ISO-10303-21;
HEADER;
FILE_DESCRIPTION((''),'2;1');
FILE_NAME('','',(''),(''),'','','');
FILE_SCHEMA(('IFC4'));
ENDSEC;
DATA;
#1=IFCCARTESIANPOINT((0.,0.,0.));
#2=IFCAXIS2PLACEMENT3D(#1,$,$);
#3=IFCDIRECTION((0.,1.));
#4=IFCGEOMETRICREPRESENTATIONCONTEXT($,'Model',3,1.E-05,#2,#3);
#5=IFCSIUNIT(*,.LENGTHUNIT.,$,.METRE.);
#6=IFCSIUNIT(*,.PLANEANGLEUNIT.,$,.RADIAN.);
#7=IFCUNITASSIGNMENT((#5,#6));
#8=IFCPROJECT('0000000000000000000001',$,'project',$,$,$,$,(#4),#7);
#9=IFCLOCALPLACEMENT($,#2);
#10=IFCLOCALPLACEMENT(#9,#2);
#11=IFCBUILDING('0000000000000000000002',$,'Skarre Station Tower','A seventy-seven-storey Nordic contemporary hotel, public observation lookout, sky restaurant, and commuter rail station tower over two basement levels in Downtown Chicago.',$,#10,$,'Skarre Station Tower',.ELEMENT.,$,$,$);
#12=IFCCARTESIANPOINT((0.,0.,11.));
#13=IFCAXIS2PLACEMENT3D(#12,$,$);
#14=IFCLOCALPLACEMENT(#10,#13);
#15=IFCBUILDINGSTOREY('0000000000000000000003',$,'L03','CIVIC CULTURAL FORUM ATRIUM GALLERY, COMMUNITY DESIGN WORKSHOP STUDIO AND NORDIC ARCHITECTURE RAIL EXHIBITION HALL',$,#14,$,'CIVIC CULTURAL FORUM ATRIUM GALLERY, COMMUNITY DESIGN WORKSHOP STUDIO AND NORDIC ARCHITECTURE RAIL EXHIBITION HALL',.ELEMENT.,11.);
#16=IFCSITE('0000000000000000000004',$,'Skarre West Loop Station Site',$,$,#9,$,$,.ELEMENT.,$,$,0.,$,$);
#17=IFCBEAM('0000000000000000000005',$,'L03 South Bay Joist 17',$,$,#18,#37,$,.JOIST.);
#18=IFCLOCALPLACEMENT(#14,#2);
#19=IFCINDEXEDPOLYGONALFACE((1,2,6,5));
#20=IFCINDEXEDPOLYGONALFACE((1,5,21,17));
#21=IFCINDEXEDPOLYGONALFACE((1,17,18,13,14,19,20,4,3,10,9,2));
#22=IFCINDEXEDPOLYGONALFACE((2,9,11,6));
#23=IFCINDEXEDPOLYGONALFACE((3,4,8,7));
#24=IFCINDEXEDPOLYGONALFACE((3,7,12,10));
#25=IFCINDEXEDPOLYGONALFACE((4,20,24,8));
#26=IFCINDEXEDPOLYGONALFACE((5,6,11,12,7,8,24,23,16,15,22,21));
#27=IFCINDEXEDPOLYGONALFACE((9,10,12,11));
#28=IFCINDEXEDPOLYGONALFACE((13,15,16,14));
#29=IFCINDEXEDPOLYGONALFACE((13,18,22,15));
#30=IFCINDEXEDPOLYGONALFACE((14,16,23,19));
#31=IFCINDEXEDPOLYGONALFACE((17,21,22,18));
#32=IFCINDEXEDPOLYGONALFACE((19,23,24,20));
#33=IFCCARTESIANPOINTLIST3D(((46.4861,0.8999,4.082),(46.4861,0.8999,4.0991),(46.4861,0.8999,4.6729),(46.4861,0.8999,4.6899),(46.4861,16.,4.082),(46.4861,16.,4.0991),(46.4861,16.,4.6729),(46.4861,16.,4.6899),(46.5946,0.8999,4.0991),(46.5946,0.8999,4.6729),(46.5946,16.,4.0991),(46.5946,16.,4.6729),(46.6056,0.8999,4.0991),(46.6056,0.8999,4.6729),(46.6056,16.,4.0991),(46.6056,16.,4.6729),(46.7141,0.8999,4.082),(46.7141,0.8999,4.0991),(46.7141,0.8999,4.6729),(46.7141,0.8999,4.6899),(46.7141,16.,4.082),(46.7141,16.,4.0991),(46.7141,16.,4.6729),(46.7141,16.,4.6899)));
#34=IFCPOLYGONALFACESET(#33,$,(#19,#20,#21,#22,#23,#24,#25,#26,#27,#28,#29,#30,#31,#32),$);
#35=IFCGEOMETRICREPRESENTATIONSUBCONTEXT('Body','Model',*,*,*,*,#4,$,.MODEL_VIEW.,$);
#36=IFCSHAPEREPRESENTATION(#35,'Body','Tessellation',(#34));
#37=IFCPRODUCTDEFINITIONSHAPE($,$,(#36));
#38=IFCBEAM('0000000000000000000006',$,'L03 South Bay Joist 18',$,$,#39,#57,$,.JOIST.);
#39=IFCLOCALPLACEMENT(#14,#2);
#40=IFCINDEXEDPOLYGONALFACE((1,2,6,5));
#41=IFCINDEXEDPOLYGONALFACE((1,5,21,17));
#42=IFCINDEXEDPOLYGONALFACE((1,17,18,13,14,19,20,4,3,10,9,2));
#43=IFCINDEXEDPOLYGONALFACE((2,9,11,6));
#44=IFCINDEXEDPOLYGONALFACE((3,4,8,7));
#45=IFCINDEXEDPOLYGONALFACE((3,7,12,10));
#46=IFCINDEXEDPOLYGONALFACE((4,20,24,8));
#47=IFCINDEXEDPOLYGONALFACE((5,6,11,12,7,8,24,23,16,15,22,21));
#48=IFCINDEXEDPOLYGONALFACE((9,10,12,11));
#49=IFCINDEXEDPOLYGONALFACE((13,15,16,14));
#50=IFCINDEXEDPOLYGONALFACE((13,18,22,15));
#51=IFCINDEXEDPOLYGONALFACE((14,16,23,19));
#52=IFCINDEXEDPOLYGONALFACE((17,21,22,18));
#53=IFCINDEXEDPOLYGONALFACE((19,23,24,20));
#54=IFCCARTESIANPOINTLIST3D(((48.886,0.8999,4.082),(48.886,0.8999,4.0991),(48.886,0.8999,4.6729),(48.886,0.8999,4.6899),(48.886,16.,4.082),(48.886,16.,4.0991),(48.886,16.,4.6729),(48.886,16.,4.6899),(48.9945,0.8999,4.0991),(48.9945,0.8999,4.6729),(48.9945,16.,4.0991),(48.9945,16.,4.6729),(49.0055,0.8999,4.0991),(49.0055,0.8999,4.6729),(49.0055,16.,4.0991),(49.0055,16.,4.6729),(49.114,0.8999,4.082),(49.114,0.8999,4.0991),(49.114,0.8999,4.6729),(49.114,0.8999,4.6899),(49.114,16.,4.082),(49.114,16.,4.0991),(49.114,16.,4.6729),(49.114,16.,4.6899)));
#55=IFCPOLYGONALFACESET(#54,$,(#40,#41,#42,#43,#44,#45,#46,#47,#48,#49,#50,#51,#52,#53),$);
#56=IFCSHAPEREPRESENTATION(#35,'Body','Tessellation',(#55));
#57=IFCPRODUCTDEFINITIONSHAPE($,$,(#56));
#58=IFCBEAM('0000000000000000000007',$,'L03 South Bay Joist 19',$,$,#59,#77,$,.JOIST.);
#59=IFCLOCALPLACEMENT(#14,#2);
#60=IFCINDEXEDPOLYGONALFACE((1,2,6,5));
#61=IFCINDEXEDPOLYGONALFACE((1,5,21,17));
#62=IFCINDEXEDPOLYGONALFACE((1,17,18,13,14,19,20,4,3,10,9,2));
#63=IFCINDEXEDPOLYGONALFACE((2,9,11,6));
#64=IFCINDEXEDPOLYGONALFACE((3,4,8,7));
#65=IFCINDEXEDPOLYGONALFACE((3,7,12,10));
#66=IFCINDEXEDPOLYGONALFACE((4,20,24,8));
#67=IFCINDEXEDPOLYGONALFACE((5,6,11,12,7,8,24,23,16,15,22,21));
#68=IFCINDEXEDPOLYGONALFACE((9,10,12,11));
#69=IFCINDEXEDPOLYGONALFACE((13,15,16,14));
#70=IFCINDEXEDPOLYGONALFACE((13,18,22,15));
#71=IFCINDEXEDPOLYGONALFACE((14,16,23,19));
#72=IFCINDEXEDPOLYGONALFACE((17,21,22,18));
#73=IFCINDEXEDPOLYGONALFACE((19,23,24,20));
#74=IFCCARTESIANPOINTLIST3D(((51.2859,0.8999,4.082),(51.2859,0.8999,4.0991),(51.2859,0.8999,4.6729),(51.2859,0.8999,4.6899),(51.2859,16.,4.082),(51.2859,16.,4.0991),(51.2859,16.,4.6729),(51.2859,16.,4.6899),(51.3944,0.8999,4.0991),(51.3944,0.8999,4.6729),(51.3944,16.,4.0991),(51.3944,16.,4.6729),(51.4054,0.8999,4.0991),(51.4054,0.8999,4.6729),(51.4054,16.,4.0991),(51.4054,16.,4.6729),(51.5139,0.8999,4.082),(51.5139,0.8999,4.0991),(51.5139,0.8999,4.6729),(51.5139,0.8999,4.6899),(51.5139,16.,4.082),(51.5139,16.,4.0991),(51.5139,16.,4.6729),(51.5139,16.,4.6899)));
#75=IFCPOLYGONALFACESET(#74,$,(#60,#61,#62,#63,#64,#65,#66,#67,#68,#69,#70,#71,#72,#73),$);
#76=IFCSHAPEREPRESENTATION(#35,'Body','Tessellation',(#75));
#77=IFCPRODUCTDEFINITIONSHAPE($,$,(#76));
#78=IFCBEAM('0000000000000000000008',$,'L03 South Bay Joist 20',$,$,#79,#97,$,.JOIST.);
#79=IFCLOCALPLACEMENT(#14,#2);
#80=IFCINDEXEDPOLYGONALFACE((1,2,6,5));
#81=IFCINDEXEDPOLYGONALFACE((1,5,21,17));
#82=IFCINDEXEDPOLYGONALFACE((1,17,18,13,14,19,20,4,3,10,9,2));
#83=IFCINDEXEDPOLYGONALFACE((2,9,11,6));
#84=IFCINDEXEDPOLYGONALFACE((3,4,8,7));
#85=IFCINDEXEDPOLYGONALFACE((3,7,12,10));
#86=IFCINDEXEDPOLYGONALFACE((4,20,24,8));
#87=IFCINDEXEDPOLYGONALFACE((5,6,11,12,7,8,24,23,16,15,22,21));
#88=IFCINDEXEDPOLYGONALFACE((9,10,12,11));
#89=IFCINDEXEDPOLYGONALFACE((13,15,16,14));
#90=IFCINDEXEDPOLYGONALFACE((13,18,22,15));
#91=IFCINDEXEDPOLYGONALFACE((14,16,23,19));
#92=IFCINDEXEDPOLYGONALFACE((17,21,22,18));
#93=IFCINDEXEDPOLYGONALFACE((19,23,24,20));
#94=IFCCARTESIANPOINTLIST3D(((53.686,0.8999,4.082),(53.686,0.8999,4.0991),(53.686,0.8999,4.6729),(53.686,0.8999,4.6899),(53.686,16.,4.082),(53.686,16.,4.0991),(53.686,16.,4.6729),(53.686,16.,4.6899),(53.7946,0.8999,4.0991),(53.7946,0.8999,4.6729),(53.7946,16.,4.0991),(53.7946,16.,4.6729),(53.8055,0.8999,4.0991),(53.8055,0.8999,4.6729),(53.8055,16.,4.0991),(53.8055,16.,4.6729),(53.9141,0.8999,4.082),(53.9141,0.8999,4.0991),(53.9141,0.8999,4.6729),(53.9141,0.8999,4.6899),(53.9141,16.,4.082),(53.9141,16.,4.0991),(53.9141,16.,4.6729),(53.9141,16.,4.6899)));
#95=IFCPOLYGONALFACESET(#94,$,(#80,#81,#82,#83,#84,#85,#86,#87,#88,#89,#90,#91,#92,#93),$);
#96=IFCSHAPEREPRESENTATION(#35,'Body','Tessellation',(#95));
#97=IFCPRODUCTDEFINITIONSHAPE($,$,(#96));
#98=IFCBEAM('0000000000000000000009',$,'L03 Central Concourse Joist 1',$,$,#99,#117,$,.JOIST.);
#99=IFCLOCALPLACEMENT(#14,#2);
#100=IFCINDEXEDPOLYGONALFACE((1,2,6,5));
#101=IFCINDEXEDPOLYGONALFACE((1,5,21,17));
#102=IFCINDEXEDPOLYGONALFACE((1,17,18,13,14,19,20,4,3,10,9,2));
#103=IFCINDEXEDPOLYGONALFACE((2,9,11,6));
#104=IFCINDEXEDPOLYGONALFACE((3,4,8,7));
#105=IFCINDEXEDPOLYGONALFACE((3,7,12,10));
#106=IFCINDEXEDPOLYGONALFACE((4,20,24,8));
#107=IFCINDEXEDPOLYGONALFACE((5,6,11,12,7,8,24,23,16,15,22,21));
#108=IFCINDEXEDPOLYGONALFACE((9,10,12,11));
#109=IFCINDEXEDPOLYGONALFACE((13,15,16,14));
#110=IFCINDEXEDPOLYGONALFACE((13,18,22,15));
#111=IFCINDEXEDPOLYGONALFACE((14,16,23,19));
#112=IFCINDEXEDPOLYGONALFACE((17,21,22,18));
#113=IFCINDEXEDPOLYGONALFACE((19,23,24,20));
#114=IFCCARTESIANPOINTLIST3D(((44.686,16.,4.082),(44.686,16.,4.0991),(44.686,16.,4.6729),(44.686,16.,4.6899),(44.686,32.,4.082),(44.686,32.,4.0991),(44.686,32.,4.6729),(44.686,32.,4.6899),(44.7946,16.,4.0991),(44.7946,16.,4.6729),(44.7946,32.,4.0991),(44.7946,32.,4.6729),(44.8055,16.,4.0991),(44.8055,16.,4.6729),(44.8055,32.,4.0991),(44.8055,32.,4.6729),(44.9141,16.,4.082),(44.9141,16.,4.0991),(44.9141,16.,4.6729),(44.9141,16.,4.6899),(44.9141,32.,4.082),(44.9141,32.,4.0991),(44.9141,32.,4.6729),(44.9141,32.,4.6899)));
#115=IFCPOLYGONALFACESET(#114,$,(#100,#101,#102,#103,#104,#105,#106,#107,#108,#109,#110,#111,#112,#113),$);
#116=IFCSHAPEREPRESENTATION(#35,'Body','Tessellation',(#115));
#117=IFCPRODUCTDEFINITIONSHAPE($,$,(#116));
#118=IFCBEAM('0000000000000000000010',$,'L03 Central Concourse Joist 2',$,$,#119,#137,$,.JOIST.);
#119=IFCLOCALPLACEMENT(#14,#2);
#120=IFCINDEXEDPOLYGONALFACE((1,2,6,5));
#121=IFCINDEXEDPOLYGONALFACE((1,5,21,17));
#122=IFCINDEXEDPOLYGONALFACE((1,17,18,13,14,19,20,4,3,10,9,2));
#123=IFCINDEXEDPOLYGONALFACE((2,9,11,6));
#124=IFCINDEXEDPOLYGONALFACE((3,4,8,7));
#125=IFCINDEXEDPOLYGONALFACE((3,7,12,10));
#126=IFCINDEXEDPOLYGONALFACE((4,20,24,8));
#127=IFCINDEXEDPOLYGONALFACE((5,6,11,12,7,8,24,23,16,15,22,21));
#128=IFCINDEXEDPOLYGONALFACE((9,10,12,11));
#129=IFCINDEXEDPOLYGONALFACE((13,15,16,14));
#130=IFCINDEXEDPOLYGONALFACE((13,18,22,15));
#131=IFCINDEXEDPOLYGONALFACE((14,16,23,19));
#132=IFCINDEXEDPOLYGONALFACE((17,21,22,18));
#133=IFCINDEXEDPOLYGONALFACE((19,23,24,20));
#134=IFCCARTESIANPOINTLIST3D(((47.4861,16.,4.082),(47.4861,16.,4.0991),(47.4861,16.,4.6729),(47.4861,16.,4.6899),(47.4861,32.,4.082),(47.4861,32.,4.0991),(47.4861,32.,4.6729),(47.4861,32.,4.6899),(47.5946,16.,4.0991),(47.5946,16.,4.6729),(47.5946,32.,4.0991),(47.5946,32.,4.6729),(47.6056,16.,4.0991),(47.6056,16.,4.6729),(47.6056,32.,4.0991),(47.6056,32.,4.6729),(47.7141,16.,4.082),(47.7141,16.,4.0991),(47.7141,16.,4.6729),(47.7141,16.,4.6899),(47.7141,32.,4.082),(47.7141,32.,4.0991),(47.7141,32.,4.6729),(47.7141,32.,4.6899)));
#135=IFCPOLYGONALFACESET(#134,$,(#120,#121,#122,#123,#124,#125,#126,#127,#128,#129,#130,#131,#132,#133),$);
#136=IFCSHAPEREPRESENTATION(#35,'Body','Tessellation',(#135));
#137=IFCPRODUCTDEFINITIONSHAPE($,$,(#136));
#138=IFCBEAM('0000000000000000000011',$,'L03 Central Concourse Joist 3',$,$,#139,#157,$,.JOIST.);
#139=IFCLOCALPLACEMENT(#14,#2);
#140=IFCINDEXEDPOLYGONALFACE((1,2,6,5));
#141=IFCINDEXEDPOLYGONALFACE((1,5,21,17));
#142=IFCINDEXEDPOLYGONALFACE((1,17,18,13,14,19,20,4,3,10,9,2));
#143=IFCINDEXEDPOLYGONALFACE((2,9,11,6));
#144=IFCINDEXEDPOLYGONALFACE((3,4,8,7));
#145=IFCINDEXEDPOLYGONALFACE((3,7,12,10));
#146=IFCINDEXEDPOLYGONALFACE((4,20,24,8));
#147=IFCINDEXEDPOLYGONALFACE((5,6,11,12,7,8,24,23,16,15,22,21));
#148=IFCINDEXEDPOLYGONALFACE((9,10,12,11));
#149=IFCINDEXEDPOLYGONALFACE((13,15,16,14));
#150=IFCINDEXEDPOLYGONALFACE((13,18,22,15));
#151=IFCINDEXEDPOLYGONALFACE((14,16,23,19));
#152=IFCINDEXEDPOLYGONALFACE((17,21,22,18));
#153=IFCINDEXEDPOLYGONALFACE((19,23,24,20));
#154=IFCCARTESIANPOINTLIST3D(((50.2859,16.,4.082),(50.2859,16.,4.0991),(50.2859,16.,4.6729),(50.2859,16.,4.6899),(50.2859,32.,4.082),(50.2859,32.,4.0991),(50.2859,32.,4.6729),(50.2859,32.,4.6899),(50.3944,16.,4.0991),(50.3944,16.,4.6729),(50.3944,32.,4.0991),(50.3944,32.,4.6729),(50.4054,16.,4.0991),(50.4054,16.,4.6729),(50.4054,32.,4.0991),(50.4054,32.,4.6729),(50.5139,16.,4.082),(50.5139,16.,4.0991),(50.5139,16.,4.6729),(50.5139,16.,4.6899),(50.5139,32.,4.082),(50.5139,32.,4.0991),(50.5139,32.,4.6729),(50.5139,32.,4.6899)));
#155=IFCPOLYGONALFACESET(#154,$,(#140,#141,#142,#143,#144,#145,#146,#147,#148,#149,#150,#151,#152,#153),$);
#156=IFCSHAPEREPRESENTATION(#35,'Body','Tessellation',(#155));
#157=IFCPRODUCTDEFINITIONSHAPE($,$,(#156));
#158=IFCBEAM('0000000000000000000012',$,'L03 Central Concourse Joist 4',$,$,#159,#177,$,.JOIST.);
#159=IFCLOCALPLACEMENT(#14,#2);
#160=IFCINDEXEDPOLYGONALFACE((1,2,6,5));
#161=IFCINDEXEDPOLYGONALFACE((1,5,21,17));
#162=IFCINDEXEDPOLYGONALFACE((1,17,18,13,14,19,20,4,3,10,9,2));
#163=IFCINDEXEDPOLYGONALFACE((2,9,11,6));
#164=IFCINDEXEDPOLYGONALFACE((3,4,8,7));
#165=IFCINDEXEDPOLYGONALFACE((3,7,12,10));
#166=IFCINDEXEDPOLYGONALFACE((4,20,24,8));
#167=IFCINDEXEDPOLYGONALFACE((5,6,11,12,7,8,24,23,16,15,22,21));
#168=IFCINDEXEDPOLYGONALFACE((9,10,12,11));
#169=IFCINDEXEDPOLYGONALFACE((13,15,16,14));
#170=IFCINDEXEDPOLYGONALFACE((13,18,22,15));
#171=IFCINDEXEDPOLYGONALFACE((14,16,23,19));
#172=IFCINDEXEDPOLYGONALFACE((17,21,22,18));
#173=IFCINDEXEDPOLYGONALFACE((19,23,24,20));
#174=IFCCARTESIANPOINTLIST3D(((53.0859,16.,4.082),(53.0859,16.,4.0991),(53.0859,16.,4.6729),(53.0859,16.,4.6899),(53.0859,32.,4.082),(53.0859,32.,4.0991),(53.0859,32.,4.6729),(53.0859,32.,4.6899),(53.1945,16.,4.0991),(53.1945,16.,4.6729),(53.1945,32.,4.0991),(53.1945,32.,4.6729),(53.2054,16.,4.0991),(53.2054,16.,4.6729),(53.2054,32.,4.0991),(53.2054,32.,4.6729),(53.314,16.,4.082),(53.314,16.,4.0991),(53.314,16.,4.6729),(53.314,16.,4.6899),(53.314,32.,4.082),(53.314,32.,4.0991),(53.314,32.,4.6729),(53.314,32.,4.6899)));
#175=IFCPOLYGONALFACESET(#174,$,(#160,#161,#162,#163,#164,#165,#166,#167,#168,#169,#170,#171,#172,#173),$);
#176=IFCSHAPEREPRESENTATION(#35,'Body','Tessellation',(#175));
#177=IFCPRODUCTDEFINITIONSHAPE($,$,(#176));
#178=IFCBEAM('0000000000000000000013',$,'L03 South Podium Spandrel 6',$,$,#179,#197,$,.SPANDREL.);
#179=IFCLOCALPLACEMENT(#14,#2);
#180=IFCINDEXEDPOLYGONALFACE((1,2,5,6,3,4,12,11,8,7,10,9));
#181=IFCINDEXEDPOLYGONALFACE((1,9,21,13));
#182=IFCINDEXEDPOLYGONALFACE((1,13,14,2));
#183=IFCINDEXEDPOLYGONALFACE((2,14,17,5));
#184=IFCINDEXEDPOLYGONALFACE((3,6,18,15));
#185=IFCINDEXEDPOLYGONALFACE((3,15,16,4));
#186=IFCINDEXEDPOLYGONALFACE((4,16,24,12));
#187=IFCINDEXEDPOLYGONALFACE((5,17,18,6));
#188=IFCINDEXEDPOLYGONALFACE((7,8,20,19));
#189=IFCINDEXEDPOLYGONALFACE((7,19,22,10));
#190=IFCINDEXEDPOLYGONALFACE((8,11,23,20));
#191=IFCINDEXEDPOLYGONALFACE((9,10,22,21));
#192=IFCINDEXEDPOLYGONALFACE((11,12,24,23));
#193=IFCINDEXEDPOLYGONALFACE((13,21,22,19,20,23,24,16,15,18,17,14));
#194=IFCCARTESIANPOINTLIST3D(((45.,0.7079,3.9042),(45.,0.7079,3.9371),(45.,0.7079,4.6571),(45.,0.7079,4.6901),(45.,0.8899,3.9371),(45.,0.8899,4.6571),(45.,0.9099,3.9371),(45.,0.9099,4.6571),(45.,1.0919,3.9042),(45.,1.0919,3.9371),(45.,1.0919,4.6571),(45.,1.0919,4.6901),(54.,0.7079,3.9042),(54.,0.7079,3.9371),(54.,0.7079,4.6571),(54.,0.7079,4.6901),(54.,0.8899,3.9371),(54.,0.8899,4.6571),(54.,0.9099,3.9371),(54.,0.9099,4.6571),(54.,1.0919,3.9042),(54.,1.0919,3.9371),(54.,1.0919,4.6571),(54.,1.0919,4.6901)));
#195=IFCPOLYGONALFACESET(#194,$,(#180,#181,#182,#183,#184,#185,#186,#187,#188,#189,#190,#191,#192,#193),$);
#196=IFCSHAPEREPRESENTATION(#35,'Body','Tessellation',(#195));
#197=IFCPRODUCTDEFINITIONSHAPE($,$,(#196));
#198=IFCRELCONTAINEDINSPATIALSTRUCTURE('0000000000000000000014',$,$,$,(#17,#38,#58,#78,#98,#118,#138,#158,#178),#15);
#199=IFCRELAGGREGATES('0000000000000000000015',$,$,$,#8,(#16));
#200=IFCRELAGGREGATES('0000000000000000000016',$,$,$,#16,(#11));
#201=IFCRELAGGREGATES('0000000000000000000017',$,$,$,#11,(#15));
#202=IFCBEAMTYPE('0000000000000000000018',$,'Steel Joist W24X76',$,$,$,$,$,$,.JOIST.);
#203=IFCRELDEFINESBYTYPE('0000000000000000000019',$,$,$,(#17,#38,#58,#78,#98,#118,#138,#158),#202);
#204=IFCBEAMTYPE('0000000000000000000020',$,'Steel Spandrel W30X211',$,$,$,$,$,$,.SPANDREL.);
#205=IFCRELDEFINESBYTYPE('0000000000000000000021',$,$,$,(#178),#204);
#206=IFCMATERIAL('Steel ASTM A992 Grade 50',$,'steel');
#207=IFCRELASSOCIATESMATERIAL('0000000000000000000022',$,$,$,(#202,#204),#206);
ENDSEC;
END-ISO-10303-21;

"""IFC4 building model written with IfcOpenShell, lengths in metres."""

from ifc_helpers import new_model, si_unit, direction, frame, origin, origin_2d, place, context, subcontext, project, spatial, i_section, extrude, material, material_profile, profile_set, type_object, element, save


model = new_model("IFC4")

# Units and contexts
model_context = context("Model", 3, precision=1e-05, world=origin(), true_north=direction((0.0, 1.0)))
body_context = subcontext(model_context, "Body", "Model", "MODEL_VIEW")
ifc_project = project(units=[si_unit("LENGTHUNIT", "METRE"), si_unit("PLANEANGLEUNIT", "RADIAN")], contexts=[model_context])

# Site, building, storey
site_placement = place(None, origin())
site = spatial("IfcSite", under=ifc_project, at=site_placement, Name="Skarre West Loop Station Site", CompositionType="ELEMENT", RefElevation=0.0)
building_placement = place(site_placement, origin())
building = spatial("IfcBuilding", under=site, at=building_placement, Name="Skarre Station Tower", Description="A seventy-seven-storey Nordic contemporary hotel, public observation lookout, sky restaurant, and commuter rail station tower over two basement levels in Downtown Chicago.", LongName="Skarre Station Tower", CompositionType="ELEMENT")
storey_placement = place(building_placement, frame((0.0, 0.0, 11.0)))
storey = spatial("IfcBuildingStorey", under=building, at=storey_placement, Name="L03", Description="CIVIC CULTURAL FORUM ATRIUM GALLERY, COMMUNITY DESIGN WORKSHOP STUDIO AND NORDIC ARCHITECTURE RAIL EXHIBITION HALL", LongName="CIVIC CULTURAL FORUM ATRIUM GALLERY, COMMUNITY DESIGN WORKSHOP STUDIO AND NORDIC ARCHITECTURE RAIL EXHIBITION HALL", CompositionType="ELEMENT", Elevation=11.0)

# Beams
ifc_material_1 = material(Name="Steel ASTM A992 Grade 50", Category="steel")
ifc_material_profile_1 = material_profile(ifc_material_1, i_section(OverallWidth=0.228, OverallDepth=0.6079, WebThickness=0.011, FlangeThickness=0.0171, at=origin_2d()), Name="Steel ASTM A992 Grade 50")
ifc_profile_set_1 = profile_set([ifc_material_profile_1], Name="Steel ASTM A992 Grade 50")
beam_type_1 = type_object("IfcBeamType", Name="Steel Joist W24X76", PredefinedType="JOIST", material=ifc_profile_set_1)
for number, where, z_axis, x_axis, name in (
    (1, (46.6001, 0.8999, 4.386), (0.0, 1.0, 0.0), (-1.0, 0.0, 0.0), "L03 South Bay Joist 17"),
    (2, (49.0, 0.8999, 4.386), (0.0, 1.0, 0.0), (-1.0, 0.0, 0.0), "L03 South Bay Joist 18"),
    (3, (51.3999, 0.8999, 4.386), (0.0, 1.0, 0.0), (-1.0, 0.0, 0.0), "L03 South Bay Joist 19"),
    (4, (53.8, 0.8999, 4.386), (0.0, 1.0, 0.0), (-1.0, 0.0, 0.0), "L03 South Bay Joist 20"),
):
    element("IfcBeam", number, at=place(storey_placement, frame(where, z_axis=z_axis, x_axis=x_axis)), inside=storey, type_object=beam_type_1, Name=name, PredefinedType="JOIST", context=body_context, shape_type="SweptSolid", body=[
        extrude(i_section(OverallWidth=0.228, OverallDepth=0.6079, WebThickness=0.011, FlangeThickness=0.0171, at=origin_2d()), origin(), (0.0, 0.0, 1.0), 15.1001),
    ])
for number, where, z_axis, x_axis, name in (
    (5, (44.8, 16.0, 4.386), (0.0, 1.0, 0.0), (-1.0, 0.0, 0.0), "L03 Central Concourse Joist 1"),
    (6, (47.6001, 16.0, 4.386), (0.0, 1.0, 0.0), (-1.0, 0.0, 0.0), "L03 Central Concourse Joist 2"),
    (7, (50.3999, 16.0, 4.386), (0.0, 1.0, 0.0), (-1.0, 0.0, 0.0), "L03 Central Concourse Joist 3"),
    (8, (53.2, 16.0, 4.386), (0.0, 1.0, 0.0), (-1.0, 0.0, 0.0), "L03 Central Concourse Joist 4"),
):
    element("IfcBeam", number, at=place(storey_placement, frame(where, z_axis=z_axis, x_axis=x_axis)), inside=storey, type_object=beam_type_1, Name=name, PredefinedType="JOIST", context=body_context, shape_type="SweptSolid", body=[
        extrude(i_section(OverallWidth=0.228, OverallDepth=0.6079, WebThickness=0.011, FlangeThickness=0.0171, at=origin_2d()), origin(), (0.0, 0.0, 1.0), 16.0),
    ])
ifc_material_profile_2 = material_profile(ifc_material_1, i_section(OverallWidth=0.384, OverallDepth=0.7859, WebThickness=0.02, FlangeThickness=0.033, at=origin_2d()), Name="Steel ASTM A992 Grade 50")
ifc_profile_set_2 = profile_set([ifc_material_profile_2], Name="Steel ASTM A992 Grade 50")
beam_type_2 = type_object("IfcBeamType", Name="Steel Spandrel W30X211", PredefinedType="SPANDREL", material=ifc_profile_set_2)
beam_1_placement = place(storey_placement, frame((45.0, 0.8999, 4.2971), z_axis=(1.0, 0.0, 0.0), x_axis=(0.0, 1.0, 0.0)))
element("IfcBeam", 9, at=beam_1_placement, inside=storey, type_object=beam_type_2, Name="L03 South Podium Spandrel 6", PredefinedType="SPANDREL", context=body_context, shape_type="SweptSolid", body=[
    extrude(i_section(OverallWidth=0.384, OverallDepth=0.7859, WebThickness=0.02, FlangeThickness=0.033, at=origin_2d()), origin(), (0.0, 0.0, 1.0), 9.0),
])

save(model, "model.ifc")
